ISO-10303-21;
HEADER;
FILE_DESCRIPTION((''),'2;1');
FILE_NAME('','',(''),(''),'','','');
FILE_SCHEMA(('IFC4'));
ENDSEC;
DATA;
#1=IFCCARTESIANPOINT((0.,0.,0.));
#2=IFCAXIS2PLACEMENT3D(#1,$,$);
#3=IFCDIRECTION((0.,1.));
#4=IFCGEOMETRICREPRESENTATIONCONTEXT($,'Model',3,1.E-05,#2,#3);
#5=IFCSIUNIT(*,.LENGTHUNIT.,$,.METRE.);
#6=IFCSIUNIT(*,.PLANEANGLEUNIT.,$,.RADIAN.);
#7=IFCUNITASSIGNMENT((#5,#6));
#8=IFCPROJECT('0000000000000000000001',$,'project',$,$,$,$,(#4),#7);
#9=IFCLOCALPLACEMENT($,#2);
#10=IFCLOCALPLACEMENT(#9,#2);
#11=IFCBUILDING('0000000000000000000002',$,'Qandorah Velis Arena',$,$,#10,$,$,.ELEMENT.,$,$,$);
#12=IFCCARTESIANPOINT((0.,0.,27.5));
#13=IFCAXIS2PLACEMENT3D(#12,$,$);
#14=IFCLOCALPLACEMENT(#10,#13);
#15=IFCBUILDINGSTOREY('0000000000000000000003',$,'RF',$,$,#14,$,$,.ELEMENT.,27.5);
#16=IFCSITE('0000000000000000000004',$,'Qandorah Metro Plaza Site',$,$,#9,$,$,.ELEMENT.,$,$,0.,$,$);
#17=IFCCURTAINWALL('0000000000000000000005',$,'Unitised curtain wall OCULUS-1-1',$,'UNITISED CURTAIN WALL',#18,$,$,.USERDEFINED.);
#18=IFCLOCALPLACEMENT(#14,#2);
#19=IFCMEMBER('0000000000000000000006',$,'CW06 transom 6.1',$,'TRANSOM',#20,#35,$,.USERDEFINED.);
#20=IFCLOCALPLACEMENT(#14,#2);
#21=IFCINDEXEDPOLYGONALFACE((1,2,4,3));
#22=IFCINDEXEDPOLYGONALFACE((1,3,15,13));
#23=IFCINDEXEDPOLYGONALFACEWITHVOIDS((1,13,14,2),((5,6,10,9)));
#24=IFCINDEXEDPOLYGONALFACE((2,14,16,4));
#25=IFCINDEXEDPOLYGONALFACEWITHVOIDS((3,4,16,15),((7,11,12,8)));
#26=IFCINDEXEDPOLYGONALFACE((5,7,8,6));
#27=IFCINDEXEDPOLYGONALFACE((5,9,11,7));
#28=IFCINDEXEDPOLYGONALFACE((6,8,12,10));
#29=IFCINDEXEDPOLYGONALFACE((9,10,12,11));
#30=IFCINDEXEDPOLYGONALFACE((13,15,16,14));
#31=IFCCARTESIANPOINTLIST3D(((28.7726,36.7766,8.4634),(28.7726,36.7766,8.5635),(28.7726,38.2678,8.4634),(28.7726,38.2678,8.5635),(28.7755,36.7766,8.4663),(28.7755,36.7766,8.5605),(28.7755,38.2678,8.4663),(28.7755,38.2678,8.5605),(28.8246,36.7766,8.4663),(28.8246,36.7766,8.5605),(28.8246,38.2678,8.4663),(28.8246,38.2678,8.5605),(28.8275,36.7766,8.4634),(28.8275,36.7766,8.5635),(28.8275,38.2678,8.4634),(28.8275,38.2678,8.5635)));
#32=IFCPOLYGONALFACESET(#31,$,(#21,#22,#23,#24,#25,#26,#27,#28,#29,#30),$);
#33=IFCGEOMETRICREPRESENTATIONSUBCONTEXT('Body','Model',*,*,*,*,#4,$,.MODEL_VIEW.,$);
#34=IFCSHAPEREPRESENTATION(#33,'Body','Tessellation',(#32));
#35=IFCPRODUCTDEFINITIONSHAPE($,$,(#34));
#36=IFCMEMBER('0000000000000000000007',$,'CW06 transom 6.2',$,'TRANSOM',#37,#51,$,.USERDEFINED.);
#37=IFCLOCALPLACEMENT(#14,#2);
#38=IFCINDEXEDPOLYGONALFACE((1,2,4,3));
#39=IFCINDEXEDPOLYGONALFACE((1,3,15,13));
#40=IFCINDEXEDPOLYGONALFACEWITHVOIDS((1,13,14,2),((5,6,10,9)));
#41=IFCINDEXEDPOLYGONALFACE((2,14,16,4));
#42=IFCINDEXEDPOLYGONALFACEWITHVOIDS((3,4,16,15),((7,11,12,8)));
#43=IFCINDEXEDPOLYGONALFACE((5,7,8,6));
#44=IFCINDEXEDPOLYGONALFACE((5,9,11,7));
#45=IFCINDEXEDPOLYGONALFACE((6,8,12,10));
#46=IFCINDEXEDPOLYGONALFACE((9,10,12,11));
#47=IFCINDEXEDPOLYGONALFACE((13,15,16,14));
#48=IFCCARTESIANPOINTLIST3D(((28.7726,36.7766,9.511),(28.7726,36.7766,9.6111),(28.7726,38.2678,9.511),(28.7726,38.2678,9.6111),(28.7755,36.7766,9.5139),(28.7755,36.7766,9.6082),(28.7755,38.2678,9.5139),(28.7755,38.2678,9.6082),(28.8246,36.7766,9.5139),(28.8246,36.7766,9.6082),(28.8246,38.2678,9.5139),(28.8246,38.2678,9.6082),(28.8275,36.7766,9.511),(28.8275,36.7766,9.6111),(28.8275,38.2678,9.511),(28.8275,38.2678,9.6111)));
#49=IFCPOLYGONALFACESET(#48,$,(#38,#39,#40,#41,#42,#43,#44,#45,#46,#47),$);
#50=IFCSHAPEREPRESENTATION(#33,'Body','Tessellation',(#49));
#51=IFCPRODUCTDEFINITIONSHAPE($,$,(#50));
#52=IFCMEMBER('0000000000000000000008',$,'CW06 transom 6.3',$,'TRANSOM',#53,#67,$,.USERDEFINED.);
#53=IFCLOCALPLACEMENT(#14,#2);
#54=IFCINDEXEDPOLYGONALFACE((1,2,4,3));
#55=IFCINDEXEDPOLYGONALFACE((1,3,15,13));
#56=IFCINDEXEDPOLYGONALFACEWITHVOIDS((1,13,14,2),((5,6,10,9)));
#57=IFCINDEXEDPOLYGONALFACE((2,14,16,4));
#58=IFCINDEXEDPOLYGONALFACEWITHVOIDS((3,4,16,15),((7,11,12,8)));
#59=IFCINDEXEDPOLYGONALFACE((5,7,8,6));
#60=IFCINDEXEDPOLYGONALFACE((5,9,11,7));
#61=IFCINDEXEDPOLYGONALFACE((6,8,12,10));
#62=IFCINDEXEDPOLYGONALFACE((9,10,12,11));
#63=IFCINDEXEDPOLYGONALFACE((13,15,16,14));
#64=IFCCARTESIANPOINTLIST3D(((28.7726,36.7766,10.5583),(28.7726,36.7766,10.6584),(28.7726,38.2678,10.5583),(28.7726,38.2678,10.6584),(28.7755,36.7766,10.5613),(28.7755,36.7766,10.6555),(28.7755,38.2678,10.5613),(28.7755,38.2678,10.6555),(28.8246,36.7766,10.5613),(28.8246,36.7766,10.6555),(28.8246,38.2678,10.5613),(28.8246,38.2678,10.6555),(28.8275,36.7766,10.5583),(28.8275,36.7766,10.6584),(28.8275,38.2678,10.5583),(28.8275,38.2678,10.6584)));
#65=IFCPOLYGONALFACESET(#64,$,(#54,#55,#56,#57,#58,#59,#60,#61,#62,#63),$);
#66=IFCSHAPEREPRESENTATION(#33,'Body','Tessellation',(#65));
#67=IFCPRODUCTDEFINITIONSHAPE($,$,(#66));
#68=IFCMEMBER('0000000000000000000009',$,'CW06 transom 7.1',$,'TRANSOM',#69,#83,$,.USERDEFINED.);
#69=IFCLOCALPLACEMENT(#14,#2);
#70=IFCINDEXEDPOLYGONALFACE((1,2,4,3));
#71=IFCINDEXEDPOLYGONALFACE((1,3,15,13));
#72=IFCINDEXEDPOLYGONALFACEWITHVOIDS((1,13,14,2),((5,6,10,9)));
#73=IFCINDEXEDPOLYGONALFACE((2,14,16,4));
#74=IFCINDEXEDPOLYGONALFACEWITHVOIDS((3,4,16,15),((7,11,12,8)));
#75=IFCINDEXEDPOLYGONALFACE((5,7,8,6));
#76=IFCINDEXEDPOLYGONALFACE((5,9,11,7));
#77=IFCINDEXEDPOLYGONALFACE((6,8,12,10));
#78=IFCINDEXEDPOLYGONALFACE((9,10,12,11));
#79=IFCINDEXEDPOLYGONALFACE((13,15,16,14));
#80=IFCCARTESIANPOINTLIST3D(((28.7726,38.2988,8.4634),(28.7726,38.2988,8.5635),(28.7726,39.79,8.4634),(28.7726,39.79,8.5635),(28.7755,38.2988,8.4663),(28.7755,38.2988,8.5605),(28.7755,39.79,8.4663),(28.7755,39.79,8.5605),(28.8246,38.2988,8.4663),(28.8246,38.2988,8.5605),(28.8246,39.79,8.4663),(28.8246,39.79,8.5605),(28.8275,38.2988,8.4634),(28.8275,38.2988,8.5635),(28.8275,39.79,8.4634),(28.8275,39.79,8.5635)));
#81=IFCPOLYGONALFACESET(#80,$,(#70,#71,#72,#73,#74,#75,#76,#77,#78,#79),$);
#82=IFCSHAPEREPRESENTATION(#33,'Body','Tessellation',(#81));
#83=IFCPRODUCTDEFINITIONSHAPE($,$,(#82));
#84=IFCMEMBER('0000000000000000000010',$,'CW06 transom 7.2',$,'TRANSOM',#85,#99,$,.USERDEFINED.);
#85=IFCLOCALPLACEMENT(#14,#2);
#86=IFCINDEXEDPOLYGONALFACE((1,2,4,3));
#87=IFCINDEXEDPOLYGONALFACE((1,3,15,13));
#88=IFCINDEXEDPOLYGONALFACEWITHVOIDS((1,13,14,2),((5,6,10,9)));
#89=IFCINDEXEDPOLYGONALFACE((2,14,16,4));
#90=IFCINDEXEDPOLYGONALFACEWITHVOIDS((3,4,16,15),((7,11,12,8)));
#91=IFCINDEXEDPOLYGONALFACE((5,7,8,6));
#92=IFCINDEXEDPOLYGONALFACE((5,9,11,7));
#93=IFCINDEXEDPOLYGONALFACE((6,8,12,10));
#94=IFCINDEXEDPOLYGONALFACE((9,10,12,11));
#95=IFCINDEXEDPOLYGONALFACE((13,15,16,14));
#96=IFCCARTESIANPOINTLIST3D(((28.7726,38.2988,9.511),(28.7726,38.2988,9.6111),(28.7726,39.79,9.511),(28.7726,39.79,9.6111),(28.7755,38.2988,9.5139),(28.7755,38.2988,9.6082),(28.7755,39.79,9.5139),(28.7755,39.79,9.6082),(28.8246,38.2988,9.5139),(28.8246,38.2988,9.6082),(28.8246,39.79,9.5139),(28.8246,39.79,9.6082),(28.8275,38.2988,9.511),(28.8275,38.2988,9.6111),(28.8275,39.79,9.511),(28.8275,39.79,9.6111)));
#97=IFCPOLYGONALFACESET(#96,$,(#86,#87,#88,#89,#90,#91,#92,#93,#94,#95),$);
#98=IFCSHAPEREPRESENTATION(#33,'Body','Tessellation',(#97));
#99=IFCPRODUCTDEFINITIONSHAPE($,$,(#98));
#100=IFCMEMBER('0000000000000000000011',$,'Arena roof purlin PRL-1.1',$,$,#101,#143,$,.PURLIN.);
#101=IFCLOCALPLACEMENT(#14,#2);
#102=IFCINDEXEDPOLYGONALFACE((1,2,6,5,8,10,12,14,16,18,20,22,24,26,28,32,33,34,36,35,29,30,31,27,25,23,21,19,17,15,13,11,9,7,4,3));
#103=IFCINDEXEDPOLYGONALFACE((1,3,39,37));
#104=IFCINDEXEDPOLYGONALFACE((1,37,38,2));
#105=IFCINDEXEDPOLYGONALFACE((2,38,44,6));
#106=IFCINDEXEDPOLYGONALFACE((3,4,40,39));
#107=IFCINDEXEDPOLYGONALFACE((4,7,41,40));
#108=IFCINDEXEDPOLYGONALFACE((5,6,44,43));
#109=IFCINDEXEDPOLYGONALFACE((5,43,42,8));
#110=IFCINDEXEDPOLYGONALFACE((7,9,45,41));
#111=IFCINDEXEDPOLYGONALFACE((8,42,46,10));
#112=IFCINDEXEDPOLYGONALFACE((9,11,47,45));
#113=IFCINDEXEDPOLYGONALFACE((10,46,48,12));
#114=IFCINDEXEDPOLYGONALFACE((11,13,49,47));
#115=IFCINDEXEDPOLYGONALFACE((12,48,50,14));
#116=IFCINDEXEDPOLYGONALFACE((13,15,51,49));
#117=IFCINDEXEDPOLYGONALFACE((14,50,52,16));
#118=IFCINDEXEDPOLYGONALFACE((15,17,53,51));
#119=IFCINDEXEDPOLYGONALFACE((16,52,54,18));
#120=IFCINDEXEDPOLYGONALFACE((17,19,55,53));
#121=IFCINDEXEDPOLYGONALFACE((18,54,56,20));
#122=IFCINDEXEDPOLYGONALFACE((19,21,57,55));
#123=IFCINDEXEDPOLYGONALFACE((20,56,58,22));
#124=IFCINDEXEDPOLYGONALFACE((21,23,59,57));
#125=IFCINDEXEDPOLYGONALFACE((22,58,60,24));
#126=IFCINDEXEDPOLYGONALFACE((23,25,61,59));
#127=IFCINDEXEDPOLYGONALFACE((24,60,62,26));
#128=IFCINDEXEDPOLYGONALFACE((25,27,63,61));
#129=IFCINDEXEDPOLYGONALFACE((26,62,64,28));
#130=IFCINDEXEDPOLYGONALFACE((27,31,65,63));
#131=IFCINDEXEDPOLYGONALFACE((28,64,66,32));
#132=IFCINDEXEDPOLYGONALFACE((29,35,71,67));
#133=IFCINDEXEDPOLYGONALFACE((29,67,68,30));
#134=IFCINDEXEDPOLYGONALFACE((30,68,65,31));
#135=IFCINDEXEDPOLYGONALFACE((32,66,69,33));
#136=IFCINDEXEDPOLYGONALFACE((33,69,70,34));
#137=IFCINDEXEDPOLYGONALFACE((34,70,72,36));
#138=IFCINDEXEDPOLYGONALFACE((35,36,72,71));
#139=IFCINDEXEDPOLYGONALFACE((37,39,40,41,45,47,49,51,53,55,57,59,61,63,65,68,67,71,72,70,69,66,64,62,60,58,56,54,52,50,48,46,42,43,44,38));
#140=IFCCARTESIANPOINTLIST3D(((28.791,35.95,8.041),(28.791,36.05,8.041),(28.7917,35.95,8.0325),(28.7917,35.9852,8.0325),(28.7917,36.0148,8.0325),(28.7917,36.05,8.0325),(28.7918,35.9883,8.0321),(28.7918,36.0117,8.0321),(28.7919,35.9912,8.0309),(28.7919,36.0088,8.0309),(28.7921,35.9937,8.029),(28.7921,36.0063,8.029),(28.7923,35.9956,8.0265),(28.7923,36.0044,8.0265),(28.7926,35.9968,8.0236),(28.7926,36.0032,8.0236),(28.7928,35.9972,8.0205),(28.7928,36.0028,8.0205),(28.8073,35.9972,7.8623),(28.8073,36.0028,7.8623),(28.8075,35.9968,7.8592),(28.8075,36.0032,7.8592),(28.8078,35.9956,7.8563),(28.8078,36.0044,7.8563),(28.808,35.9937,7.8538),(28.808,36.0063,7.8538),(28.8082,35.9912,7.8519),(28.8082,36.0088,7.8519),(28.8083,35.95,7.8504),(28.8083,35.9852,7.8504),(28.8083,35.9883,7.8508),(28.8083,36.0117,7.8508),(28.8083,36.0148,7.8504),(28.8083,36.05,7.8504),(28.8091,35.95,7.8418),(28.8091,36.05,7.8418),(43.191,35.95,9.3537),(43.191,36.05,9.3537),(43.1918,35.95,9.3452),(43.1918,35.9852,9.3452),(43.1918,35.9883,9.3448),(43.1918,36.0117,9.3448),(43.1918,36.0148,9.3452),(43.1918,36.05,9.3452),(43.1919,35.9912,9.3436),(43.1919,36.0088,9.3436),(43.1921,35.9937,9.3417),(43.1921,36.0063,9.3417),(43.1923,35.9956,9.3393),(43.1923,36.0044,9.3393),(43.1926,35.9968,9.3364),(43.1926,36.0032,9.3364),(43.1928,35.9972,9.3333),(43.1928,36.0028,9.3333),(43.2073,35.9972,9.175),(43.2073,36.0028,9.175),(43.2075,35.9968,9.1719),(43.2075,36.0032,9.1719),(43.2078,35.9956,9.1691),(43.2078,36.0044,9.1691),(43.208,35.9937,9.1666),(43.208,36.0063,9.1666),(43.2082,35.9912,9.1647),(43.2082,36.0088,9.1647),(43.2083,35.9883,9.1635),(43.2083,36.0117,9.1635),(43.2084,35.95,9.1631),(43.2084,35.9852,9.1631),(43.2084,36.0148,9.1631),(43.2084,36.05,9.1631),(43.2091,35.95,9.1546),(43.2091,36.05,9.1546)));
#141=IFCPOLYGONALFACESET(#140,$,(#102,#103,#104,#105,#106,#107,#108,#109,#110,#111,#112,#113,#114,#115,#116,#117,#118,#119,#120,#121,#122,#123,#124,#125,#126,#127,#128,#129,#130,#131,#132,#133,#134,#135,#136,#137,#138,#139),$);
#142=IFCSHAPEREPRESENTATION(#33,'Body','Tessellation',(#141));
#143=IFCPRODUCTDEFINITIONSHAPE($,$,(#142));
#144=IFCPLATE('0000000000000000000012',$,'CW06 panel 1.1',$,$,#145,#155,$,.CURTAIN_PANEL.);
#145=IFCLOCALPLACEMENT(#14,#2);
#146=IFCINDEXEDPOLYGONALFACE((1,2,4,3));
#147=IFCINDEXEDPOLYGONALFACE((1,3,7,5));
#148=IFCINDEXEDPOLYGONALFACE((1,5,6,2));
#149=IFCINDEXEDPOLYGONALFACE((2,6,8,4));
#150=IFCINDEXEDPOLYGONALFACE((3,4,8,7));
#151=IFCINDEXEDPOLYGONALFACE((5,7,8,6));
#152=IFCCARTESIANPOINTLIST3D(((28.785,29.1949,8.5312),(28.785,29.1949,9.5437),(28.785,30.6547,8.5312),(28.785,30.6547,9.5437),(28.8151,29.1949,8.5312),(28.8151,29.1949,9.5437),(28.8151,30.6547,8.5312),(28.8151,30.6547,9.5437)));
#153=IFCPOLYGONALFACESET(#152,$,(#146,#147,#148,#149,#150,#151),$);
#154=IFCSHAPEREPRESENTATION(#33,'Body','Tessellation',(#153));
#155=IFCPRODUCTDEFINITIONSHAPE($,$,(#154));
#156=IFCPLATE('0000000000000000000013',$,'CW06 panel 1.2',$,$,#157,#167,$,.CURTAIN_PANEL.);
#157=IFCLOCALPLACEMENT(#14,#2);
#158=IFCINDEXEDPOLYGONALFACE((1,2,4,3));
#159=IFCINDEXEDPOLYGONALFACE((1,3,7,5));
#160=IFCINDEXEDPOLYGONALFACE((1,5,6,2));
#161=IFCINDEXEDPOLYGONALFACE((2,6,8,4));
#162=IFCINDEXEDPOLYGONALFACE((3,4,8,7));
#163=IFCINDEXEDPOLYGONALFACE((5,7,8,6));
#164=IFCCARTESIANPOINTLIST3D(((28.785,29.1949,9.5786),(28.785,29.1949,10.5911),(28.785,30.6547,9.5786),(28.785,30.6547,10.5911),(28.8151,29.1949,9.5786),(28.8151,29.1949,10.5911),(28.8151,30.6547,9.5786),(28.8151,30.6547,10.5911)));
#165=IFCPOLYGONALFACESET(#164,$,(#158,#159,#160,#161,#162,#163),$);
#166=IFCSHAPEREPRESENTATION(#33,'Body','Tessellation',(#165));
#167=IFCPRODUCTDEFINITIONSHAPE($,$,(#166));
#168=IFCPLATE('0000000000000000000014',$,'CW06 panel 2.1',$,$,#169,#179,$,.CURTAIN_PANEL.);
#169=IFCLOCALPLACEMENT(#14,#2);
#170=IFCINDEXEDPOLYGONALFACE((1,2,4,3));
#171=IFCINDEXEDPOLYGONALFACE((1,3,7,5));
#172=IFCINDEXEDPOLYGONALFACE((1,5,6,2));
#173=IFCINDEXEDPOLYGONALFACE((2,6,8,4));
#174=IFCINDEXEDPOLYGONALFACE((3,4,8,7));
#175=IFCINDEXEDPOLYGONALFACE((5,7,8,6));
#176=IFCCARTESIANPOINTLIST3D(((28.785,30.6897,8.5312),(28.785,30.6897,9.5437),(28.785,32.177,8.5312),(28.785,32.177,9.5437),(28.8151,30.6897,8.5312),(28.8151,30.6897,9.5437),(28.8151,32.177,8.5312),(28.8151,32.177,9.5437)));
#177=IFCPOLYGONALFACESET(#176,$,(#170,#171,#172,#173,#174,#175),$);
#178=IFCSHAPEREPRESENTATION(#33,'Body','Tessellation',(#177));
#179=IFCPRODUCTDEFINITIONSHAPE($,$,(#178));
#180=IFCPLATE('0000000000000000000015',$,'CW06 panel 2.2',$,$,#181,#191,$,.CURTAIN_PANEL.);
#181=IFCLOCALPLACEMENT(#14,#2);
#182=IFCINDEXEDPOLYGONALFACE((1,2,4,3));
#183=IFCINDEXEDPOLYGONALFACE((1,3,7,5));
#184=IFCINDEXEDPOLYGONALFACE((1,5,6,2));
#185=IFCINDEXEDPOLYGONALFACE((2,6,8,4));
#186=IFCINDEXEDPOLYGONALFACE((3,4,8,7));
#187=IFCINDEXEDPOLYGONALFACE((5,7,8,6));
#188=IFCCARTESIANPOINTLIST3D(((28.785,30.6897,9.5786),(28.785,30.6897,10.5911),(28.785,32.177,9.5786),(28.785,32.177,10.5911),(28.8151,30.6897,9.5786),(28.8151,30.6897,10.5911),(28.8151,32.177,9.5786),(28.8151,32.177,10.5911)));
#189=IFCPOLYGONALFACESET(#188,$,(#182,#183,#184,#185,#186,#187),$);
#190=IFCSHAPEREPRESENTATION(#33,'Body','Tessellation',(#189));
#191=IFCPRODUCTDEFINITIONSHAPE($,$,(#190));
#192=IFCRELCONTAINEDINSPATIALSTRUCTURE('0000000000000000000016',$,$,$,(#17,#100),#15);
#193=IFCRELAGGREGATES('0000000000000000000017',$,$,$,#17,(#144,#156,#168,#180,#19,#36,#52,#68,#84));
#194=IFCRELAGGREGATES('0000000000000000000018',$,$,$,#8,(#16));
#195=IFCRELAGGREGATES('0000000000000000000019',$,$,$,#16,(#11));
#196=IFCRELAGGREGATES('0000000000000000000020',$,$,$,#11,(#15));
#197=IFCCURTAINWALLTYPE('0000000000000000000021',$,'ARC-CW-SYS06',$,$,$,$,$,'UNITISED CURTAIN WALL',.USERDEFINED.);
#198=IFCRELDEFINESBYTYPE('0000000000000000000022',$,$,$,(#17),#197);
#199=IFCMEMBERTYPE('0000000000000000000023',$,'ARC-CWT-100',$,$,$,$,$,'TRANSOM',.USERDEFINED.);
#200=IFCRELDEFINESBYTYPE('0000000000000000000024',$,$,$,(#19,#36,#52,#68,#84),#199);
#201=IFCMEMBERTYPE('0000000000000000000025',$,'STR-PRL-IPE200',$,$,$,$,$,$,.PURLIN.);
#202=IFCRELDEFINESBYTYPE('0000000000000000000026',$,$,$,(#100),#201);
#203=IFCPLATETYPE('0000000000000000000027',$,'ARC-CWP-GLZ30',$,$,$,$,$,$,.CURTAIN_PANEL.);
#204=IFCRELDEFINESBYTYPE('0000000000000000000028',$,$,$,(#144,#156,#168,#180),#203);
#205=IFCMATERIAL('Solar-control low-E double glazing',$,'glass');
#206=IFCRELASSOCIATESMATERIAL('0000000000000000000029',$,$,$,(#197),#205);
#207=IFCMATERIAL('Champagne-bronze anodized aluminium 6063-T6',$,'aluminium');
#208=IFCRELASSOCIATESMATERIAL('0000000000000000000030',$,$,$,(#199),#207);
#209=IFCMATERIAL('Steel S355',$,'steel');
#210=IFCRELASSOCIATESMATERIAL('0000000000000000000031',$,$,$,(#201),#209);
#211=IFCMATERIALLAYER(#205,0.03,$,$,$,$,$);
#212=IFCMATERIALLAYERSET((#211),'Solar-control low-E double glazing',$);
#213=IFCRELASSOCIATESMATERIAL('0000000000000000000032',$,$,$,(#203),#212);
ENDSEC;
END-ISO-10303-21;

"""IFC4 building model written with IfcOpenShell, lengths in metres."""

from ifc_helpers import new_model, si_unit, direction, frame, origin, origin_2d, place, context, subcontext, project, spatial, rectangle, hollow_rectangle, i_section, extrude, material, layer, layer_set, material_profile, profile_set, type_object, element, aggregate, save


model = new_model("IFC4")

# Units and contexts
model_context = context("Model", 3, precision=1e-05, world=origin(), true_north=direction((0.0, 1.0)))
body_context = subcontext(model_context, "Body", "Model", "MODEL_VIEW")
ifc_project = project(units=[si_unit("LENGTHUNIT", "METRE"), si_unit("PLANEANGLEUNIT", "RADIAN")], contexts=[model_context])

# Site, building, storey
site_placement = place(None, origin())
site = spatial("IfcSite", under=ifc_project, at=site_placement, Name="Qandorah Metro Plaza Site", CompositionType="ELEMENT", RefElevation=0.0)
building_placement = place(site_placement, origin())
building = spatial("IfcBuilding", under=site, at=building_placement, Name="Qandorah Velis Arena", CompositionType="ELEMENT")
storey_placement = place(building_placement, frame((0.0, 0.0, 27.5)))
storey = spatial("IfcBuildingStorey", under=building, at=storey_placement, Name="RF", CompositionType="ELEMENT", Elevation=27.5)

# Curtain wall, members
ifc_material_1 = material(Name="Solar-control low-E double glazing", Category="glass")
curtain_wall_type = type_object("IfcCurtainWallType", Name="ARC-CW-SYS06", ElementType="UNITISED CURTAIN WALL", PredefinedType="USERDEFINED", material=ifc_material_1)
curtain_wall_placement = place(storey_placement, origin())
curtain_wall = element("IfcCurtainWall", 1, at=curtain_wall_placement, inside=storey, type_object=curtain_wall_type, Name="Unitised curtain wall OCULUS-1-1", ObjectType="UNITISED CURTAIN WALL", PredefinedType="USERDEFINED")
ifc_material_2 = material(Name="Champagne-bronze anodized aluminium 6063-T6", Category="aluminium")
ifc_material_profile_1 = material_profile(ifc_material_2, hollow_rectangle(XDim=0.0549, YDim=0.1001, WallThickness=0.0029, at=origin_2d()), Name="ALU TRANSOM 55x100")
ifc_profile_set_1 = profile_set([ifc_material_profile_1], Name="Champagne-bronze anodized aluminium 6063-T6")
member_type_1 = type_object("IfcMemberType", Name="ARC-CWT-100", ElementType="TRANSOM", PredefinedType="USERDEFINED", material=ifc_profile_set_1)
member_1_placement = place(storey_placement, frame((28.8, 36.7766, 8.5134), z_axis=(0.0, 1.0, 0.0), x_axis=(-1.0, 0.0, 0.0)))
member_1 = element("IfcMember", 2, at=member_1_placement, type_object=member_type_1, Name="CW06 transom 6.1", ObjectType="TRANSOM", PredefinedType="USERDEFINED", context=body_context, shape_type="SweptSolid", body=[
    extrude(hollow_rectangle(XDim=0.0549, YDim=0.1001, WallThickness=0.0029, at=origin_2d()), origin(), (0.0, 0.0, 1.0), 1.4912),
])
member_2_placement = place(storey_placement, frame((28.8, 36.7766, 9.561), z_axis=(0.0, 1.0, 0.0), x_axis=(-1.0, 0.0, 0.0)))
member_2 = element("IfcMember", 3, at=member_2_placement, type_object=member_type_1, Name="CW06 transom 6.2", ObjectType="TRANSOM", PredefinedType="USERDEFINED", context=body_context, shape_type="SweptSolid", body=[
    extrude(hollow_rectangle(XDim=0.0549, YDim=0.1001, WallThickness=0.0029, at=origin_2d()), origin(), (0.0, 0.0, 1.0), 1.4912),
])
member_3_placement = place(storey_placement, frame((28.8, 36.7766, 10.6084), z_axis=(0.0, 1.0, 0.0), x_axis=(-1.0, 0.0, 0.0)))
member_3 = element("IfcMember", 4, at=member_3_placement, type_object=member_type_1, Name="CW06 transom 6.3", ObjectType="TRANSOM", PredefinedType="USERDEFINED", context=body_context, shape_type="SweptSolid", body=[
    extrude(hollow_rectangle(XDim=0.0549, YDim=0.1001, WallThickness=0.0029, at=origin_2d()), origin(), (0.0, 0.0, 1.0), 1.4912),
])
member_4_placement = place(storey_placement, frame((28.8, 38.2988, 8.5134), z_axis=(0.0, 1.0, 0.0), x_axis=(-1.0, 0.0, 0.0)))
member_4 = element("IfcMember", 5, at=member_4_placement, type_object=member_type_1, Name="CW06 transom 7.1", ObjectType="TRANSOM", PredefinedType="USERDEFINED", context=body_context, shape_type="SweptSolid", body=[
    extrude(hollow_rectangle(XDim=0.0549, YDim=0.1001, WallThickness=0.0029, at=origin_2d()), origin(), (0.0, 0.0, 1.0), 1.4912),
])
member_5_placement = place(storey_placement, frame((28.8, 38.2988, 9.561), z_axis=(0.0, 1.0, 0.0), x_axis=(-1.0, 0.0, 0.0)))
member_5 = element("IfcMember", 6, at=member_5_placement, type_object=member_type_1, Name="CW06 transom 7.2", ObjectType="TRANSOM", PredefinedType="USERDEFINED", context=body_context, shape_type="SweptSolid", body=[
    extrude(hollow_rectangle(XDim=0.0549, YDim=0.1001, WallThickness=0.0029, at=origin_2d()), origin(), (0.0, 0.0, 1.0), 1.4912),
])

# Member
ifc_material_3 = material(Name="Steel S355", Category="steel")
ifc_material_profile_2 = material_profile(ifc_material_3, i_section(OverallWidth=0.1001, OverallDepth=0.2, WebThickness=0.0056, FlangeThickness=0.0085, FilletRadius=0.012, at=origin_2d()), Name="IPE 200")
ifc_profile_set_2 = profile_set([ifc_material_profile_2], Name="Steel S355")
member_type_2 = type_object("IfcMemberType", Name="STR-PRL-IPE200", PredefinedType="PURLIN", material=ifc_profile_set_2)
member_6_placement = place(storey_placement, frame((28.8, 36.0, 7.9414), z_axis=(0.99587, 0.0, 0.090787), x_axis=(0.0, 1.0, 0.0)))
element("IfcMember", 7, at=member_6_placement, inside=storey, type_object=member_type_2, Name="Arena roof purlin PRL-1.1", PredefinedType="PURLIN", context=body_context, shape_type="SweptSolid", body=[
    extrude(i_section(OverallWidth=0.1001, OverallDepth=0.2, WebThickness=0.0056, FlangeThickness=0.0085, FilletRadius=0.012, at=origin_2d()), origin(), (0.0, 0.0, 1.0), 14.4597),
])

# Plates
ifc_layer = layer(ifc_material_1, 0.03)
ifc_layer_set = layer_set([ifc_layer], Name="Solar-control low-E double glazing")
plate_type = type_object("IfcPlateType", Name="ARC-CWP-GLZ30", PredefinedType="CURTAIN_PANEL", material=ifc_layer_set)
plate_1_placement = place(storey_placement, frame((28.8, 29.9248, 8.5312), z_axis=(0.0, 0.0, 1.0), x_axis=(0.0, 1.0, 0.0)))
plate_1 = element("IfcPlate", 8, at=plate_1_placement, type_object=plate_type, Name="CW06 panel 1.1", PredefinedType="CURTAIN_PANEL", context=body_context, shape_type="SweptSolid", body=[
    extrude(rectangle(XDim=1.4597, YDim=0.03, at=origin_2d()), origin(), (0.0, 0.0, 1.0), 1.0125),
])
plate_2_placement = place(storey_placement, frame((28.8, 29.9248, 9.5786), z_axis=(0.0, 0.0, 1.0), x_axis=(0.0, 1.0, 0.0)))
plate_2 = element("IfcPlate", 9, at=plate_2_placement, type_object=plate_type, Name="CW06 panel 1.2", PredefinedType="CURTAIN_PANEL", context=body_context, shape_type="SweptSolid", body=[
    extrude(rectangle(XDim=1.4597, YDim=0.03, at=origin_2d()), origin(), (0.0, 0.0, 1.0), 1.0125),
])
plate_3_placement = place(storey_placement, frame((28.8, 31.4333, 8.5312), z_axis=(0.0, 0.0, 1.0), x_axis=(0.0, 1.0, 0.0)))
plate_3 = element("IfcPlate", 10, at=plate_3_placement, type_object=plate_type, Name="CW06 panel 2.1", PredefinedType="CURTAIN_PANEL", context=body_context, shape_type="SweptSolid", body=[
    extrude(rectangle(XDim=1.4873, YDim=0.03, at=origin_2d()), origin(), (0.0, 0.0, 1.0), 1.0125),
])
plate_4_placement = place(storey_placement, frame((28.8, 31.4333, 9.5786), z_axis=(0.0, 0.0, 1.0), x_axis=(0.0, 1.0, 0.0)))
plate_4 = element("IfcPlate", 11, at=plate_4_placement, type_object=plate_type, Name="CW06 panel 2.2", PredefinedType="CURTAIN_PANEL", context=body_context, shape_type="SweptSolid", body=[
    extrude(rectangle(XDim=1.4873, YDim=0.03, at=origin_2d()), origin(), (0.0, 0.0, 1.0), 1.0125),
])
aggregate(curtain_wall, [plate_1, plate_2, plate_3, plate_4, member_1, member_2, member_3, member_4, member_5])

save(model, "model.ifc")
